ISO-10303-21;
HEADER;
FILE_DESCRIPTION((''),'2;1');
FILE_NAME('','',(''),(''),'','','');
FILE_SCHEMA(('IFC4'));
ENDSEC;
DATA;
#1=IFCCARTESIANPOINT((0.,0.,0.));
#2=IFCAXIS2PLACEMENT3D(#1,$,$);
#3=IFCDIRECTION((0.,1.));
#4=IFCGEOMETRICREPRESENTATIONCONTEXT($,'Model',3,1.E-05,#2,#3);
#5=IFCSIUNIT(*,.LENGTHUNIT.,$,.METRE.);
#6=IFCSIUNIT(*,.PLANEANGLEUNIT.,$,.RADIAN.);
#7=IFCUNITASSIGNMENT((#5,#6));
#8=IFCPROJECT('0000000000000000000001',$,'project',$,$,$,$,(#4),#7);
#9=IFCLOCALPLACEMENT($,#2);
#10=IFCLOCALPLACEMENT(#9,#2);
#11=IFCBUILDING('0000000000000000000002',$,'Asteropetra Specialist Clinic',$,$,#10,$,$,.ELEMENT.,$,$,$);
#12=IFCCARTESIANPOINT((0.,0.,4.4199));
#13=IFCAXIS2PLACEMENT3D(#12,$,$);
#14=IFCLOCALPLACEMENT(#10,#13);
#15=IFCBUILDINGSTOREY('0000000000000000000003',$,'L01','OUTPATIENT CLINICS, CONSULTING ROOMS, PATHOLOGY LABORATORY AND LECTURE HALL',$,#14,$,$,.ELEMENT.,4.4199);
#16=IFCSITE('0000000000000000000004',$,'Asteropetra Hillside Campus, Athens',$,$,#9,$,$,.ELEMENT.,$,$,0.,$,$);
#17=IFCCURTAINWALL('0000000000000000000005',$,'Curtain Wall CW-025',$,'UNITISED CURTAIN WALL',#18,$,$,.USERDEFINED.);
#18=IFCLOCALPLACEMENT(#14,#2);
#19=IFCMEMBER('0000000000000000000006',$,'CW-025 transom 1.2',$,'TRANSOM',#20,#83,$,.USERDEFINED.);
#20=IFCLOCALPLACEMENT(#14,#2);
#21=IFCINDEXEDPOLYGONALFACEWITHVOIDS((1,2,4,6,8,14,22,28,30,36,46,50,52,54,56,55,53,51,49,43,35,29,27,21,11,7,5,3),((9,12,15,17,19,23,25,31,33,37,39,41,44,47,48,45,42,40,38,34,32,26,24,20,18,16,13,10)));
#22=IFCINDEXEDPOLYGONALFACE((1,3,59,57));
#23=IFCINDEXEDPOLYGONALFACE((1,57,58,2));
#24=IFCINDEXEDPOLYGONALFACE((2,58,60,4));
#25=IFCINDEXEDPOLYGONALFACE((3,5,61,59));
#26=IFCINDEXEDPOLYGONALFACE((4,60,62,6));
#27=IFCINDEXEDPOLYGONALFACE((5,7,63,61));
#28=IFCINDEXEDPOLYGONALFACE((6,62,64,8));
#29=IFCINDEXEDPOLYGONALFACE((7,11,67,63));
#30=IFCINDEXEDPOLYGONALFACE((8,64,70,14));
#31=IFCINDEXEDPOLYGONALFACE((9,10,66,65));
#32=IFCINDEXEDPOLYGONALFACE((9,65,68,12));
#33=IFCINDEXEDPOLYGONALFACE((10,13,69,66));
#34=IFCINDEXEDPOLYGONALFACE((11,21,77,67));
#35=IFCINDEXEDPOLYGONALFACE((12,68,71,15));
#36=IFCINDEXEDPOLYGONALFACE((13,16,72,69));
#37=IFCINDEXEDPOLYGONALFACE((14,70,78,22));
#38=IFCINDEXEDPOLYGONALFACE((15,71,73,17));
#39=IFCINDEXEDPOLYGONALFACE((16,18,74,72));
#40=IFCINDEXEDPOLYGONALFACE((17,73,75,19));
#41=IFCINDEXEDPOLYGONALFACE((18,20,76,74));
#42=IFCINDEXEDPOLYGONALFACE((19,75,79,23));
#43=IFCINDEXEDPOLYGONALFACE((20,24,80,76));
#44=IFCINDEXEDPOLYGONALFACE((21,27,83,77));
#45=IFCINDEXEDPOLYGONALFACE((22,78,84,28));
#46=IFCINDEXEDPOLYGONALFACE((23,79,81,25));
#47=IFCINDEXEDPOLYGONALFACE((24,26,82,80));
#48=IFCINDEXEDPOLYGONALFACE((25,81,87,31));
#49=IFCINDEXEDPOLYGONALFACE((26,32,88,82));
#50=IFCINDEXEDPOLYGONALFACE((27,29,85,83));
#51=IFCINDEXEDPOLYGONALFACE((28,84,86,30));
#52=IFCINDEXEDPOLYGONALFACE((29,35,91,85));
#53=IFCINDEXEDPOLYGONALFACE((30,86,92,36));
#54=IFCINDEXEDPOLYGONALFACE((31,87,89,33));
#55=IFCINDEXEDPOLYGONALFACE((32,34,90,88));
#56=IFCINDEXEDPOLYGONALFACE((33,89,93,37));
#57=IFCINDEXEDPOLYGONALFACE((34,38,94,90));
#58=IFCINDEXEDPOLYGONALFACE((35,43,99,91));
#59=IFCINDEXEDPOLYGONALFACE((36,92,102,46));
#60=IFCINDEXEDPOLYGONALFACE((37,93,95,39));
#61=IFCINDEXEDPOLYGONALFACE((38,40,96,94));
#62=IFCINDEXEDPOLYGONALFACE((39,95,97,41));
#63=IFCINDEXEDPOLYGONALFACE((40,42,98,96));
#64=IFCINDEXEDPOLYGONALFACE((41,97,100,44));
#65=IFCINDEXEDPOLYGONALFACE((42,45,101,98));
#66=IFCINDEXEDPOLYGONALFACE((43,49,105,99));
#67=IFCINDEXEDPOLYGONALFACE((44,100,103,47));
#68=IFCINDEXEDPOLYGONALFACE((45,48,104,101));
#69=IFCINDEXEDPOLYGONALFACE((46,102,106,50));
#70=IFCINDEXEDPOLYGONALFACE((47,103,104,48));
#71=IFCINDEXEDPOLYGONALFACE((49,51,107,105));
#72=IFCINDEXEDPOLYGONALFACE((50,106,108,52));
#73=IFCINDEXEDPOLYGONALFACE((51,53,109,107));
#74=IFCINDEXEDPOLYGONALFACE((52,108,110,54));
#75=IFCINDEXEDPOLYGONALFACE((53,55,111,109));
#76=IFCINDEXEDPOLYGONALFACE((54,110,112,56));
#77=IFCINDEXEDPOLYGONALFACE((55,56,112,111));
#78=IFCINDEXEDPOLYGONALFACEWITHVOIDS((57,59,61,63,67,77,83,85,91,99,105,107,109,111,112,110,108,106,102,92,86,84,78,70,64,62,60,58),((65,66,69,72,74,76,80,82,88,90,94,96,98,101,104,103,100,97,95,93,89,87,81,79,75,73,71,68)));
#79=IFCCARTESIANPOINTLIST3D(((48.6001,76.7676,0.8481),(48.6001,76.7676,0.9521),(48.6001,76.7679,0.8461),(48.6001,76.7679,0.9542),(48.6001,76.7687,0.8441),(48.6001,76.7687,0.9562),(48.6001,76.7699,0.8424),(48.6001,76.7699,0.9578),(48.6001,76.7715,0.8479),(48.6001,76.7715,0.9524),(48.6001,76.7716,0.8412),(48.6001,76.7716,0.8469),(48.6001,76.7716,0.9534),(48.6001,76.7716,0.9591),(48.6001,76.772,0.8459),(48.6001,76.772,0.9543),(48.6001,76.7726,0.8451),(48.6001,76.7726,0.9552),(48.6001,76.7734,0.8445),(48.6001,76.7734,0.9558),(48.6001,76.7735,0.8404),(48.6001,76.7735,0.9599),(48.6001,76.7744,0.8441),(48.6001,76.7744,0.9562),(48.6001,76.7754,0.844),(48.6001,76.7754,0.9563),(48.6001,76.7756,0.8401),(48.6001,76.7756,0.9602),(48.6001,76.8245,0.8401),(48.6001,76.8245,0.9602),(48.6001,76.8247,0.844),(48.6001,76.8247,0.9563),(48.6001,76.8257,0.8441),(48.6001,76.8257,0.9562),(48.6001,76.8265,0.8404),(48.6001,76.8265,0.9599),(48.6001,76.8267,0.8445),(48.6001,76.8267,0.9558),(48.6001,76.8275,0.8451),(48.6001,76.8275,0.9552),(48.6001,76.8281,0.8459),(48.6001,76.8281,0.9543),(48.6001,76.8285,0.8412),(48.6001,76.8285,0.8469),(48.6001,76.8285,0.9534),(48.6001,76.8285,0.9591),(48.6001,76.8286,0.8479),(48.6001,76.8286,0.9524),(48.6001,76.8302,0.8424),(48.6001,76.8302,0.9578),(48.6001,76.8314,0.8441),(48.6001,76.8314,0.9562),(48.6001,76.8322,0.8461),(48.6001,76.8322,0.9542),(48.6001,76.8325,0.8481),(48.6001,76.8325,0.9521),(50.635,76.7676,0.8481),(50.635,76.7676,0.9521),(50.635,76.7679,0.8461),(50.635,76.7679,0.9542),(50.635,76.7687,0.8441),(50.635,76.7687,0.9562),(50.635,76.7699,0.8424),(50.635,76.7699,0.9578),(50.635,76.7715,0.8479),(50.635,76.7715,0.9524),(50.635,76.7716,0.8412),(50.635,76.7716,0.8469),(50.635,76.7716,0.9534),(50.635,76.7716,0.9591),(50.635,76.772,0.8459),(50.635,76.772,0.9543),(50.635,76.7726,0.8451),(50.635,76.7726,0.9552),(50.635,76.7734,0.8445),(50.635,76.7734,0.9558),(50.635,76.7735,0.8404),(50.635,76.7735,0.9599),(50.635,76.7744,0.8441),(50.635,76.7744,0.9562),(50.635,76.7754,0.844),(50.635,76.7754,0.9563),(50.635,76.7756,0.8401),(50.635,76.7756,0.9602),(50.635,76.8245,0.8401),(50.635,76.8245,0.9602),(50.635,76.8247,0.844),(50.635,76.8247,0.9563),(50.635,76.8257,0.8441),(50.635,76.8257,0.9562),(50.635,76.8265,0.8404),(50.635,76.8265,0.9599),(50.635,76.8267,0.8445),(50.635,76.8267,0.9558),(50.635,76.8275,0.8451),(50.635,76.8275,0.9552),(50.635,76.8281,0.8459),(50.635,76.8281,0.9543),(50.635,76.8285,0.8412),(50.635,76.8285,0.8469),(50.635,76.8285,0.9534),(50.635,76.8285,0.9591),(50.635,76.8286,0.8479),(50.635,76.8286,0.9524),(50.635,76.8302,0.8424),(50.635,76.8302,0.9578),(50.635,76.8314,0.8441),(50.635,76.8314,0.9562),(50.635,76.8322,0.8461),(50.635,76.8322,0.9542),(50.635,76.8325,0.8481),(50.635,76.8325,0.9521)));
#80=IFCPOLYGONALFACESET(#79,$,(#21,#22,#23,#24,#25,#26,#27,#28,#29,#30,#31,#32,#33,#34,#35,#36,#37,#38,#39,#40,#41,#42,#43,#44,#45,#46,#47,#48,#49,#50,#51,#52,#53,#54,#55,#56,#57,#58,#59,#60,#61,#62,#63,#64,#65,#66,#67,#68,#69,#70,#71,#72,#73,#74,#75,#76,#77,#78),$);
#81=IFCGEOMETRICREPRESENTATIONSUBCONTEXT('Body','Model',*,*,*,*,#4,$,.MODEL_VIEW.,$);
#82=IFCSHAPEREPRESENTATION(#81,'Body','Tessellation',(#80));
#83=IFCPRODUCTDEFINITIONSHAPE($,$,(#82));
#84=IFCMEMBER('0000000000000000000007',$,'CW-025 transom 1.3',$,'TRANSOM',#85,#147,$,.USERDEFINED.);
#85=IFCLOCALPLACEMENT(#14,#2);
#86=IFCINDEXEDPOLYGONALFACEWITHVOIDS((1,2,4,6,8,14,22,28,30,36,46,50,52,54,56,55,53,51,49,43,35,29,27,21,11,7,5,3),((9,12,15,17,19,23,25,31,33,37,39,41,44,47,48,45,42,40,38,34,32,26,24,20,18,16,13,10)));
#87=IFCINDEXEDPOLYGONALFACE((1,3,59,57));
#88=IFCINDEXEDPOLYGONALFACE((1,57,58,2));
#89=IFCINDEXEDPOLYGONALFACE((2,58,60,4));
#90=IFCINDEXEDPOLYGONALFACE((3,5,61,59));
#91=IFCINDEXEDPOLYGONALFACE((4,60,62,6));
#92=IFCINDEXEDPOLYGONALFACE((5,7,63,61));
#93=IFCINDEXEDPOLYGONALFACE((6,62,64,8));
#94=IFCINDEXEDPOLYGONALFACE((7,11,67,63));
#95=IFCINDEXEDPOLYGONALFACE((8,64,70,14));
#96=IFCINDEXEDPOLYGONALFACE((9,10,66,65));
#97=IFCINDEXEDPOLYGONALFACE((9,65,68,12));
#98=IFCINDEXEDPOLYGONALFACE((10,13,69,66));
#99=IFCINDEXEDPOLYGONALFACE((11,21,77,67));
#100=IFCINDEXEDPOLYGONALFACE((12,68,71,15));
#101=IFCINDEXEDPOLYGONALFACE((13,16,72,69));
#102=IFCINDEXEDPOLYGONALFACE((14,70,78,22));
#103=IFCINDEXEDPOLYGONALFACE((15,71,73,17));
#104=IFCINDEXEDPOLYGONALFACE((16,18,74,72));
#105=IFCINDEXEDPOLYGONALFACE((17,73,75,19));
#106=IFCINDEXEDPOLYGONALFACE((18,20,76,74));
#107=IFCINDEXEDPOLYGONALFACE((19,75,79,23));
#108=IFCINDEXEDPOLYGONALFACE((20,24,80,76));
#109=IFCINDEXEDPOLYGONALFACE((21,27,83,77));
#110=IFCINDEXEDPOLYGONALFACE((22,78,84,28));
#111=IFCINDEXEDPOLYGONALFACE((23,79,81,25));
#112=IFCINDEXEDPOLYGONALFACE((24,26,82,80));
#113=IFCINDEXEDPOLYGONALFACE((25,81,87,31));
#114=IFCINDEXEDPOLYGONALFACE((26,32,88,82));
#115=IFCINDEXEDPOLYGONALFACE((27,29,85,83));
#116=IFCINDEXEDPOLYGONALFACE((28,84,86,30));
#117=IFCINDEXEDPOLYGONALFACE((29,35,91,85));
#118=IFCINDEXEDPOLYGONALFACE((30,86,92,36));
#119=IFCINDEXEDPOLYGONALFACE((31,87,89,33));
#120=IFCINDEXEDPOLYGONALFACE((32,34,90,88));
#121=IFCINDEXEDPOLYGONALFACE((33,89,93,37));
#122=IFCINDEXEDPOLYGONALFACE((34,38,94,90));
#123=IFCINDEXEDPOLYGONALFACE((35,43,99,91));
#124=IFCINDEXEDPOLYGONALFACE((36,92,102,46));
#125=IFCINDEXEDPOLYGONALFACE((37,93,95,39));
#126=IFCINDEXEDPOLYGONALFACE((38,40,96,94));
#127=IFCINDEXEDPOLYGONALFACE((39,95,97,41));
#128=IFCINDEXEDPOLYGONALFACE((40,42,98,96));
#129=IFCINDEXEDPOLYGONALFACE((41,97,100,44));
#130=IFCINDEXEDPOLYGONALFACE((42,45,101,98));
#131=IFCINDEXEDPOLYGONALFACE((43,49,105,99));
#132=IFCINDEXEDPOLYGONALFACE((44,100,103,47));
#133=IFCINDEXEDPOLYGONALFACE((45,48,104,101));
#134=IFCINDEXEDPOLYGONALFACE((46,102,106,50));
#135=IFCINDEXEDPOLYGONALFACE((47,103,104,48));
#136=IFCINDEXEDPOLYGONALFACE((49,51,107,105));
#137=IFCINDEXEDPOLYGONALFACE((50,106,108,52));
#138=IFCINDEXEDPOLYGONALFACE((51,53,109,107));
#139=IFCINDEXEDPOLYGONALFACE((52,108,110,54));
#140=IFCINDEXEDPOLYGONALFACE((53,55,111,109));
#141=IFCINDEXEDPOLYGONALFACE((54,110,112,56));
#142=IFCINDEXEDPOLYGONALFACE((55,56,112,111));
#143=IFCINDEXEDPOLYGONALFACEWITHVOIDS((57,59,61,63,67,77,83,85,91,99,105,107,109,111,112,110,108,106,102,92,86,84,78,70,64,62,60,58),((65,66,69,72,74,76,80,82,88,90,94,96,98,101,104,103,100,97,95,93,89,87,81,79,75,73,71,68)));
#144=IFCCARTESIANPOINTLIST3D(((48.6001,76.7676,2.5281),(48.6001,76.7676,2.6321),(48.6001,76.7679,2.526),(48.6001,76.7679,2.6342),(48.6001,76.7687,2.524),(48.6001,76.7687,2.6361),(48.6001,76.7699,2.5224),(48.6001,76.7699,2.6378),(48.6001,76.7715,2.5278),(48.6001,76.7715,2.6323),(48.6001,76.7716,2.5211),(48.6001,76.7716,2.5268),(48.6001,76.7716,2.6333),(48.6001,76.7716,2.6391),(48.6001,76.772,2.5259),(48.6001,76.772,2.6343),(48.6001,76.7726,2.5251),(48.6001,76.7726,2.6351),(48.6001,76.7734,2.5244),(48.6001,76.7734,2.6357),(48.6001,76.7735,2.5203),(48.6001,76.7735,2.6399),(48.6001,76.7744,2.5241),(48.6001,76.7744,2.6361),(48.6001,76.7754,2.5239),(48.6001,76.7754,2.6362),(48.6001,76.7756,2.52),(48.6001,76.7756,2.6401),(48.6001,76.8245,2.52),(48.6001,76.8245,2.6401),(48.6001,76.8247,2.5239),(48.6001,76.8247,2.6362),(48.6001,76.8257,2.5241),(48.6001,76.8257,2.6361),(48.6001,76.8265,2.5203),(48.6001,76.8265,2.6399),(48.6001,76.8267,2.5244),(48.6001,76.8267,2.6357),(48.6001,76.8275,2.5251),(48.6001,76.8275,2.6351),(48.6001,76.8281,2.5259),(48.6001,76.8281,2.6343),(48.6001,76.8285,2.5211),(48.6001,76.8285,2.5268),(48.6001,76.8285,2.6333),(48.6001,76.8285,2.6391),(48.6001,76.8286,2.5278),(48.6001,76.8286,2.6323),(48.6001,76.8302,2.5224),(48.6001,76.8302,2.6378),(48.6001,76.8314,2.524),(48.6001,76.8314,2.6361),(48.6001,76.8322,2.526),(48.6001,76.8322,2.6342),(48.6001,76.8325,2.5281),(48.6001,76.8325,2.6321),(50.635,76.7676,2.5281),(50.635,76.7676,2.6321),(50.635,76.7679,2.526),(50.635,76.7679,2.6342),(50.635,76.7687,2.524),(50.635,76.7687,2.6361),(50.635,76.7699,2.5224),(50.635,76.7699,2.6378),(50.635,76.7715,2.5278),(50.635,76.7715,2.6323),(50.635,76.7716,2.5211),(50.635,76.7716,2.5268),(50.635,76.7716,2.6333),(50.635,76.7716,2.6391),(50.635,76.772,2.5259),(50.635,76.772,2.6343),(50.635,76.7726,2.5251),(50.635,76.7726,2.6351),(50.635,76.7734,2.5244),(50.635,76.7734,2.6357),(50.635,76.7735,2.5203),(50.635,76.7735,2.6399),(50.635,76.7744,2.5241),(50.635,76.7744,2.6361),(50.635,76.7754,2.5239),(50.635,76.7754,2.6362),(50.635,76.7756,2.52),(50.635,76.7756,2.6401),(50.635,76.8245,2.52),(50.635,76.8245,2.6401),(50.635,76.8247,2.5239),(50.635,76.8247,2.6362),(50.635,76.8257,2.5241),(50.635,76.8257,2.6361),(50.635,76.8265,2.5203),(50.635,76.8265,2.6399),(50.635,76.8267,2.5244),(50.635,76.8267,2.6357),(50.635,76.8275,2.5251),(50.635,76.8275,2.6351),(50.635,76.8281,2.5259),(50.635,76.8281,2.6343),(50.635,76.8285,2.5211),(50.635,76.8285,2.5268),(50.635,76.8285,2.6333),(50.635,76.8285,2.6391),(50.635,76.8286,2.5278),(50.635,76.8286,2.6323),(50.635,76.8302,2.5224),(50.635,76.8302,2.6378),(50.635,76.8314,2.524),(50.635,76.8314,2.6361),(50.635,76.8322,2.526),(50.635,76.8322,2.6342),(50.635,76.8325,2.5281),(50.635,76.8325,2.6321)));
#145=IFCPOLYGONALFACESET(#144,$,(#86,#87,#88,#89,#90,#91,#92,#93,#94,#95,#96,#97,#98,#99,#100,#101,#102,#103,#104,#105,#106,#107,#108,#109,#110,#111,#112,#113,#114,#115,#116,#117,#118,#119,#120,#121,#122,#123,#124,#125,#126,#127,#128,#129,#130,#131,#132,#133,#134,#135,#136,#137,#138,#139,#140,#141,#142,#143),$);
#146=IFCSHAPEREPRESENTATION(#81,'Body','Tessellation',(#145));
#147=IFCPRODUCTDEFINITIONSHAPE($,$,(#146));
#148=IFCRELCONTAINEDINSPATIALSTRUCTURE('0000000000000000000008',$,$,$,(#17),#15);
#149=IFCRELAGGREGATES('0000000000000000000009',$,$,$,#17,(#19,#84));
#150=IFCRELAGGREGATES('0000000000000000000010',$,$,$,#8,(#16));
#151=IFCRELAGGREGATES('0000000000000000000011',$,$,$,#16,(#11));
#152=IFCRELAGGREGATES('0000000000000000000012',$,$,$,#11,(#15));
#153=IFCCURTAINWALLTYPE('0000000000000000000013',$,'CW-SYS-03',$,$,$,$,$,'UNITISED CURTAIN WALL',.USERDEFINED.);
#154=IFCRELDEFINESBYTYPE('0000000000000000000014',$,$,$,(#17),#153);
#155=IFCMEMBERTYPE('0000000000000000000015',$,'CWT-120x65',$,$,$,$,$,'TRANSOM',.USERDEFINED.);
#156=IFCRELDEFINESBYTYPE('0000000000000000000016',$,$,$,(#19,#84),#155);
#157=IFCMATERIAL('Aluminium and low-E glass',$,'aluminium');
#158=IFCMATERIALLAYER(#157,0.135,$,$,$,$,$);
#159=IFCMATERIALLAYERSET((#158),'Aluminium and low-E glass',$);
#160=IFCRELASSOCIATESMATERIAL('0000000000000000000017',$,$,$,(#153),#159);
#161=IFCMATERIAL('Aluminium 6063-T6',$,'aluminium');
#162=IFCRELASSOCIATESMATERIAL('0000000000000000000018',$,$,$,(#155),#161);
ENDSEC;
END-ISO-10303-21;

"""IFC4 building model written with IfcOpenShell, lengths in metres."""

from ifc_helpers import new_model, si_unit, direction, frame, origin, origin_2d, place, context, subcontext, project, spatial, hollow_rectangle, extrude, material, layer, layer_set, material_profile, profile_set, type_object, element, aggregate, save


model = new_model("IFC4")

# Units and contexts
model_context = context("Model", 3, precision=1e-05, world=origin(), true_north=direction((0.0, 1.0)))
body_context = subcontext(model_context, "Body", "Model", "MODEL_VIEW")
ifc_project = project(units=[si_unit("LENGTHUNIT", "METRE"), si_unit("PLANEANGLEUNIT", "RADIAN")], contexts=[model_context])

# Site, building, storey
site_placement = place(None, origin())
site = spatial("IfcSite", under=ifc_project, at=site_placement, Name="Asteropetra Hillside Campus, Athens", CompositionType="ELEMENT", RefElevation=0.0)
building_placement = place(site_placement, origin())
building = spatial("IfcBuilding", under=site, at=building_placement, Name="Asteropetra Specialist Clinic", CompositionType="ELEMENT")
storey_placement = place(building_placement, frame((0.0, 0.0, 4.4199)))
storey = spatial("IfcBuildingStorey", under=building, at=storey_placement, Name="L01", Description="OUTPATIENT CLINICS, CONSULTING ROOMS, PATHOLOGY LABORATORY AND LECTURE HALL", CompositionType="ELEMENT", Elevation=4.4199)

# Curtain wall, members
ifc_material_1 = material(Name="Aluminium and low-E glass", Category="aluminium")
ifc_layer_1 = layer(ifc_material_1, 0.135)
ifc_layer_set_1 = layer_set([ifc_layer_1], Name="Aluminium and low-E glass")
curtain_wall_type = type_object("IfcCurtainWallType", Name="CW-SYS-03", ElementType="UNITISED CURTAIN WALL", PredefinedType="USERDEFINED", material=ifc_layer_set_1)
curtain_wall_placement = place(storey_placement, origin())
curtain_wall = element("IfcCurtainWall", 1, at=curtain_wall_placement, inside=storey, type_object=curtain_wall_type, Name="Curtain Wall CW-025", ObjectType="UNITISED CURTAIN WALL", PredefinedType="USERDEFINED")
ifc_material_2 = material(Name="Aluminium 6063-T6", Category="aluminium")
ifc_material_profile_1 = material_profile(ifc_material_2, hollow_rectangle(XDim=0.0649, YDim=0.1201, WallThickness=0.0039, InnerFilletRadius=0.0039, OuterFilletRadius=0.0081, at=origin_2d()), Name="TRN 120x65x4.0")
ifc_profile_set_1 = profile_set([ifc_material_profile_1], Name="Aluminium 6063-T6")
member_type_1 = type_object("IfcMemberType", Name="CWT-120x65", ElementType="TRANSOM", PredefinedType="USERDEFINED", material=ifc_profile_set_1)
member_1_placement = place(storey_placement, frame((48.6001, 76.8, 0.9001), z_axis=(1.0, 0.0, 0.0), x_axis=(0.0, 1.0, 0.0)))
member_1 = element("IfcMember", 2, at=member_1_placement, type_object=member_type_1, Name="CW-025 transom 1.2", ObjectType="TRANSOM", PredefinedType="USERDEFINED", context=body_context, shape_type="SweptSolid", body=[
    extrude(hollow_rectangle(XDim=0.0649, YDim=0.1201, WallThickness=0.0039, InnerFilletRadius=0.0039, OuterFilletRadius=0.0081, at=origin_2d()), origin(), (0.0, 0.0, 1.0), 2.0349),
])
member_2_placement = place(storey_placement, frame((48.6001, 76.8, 2.5801), z_axis=(1.0, 0.0, 0.0), x_axis=(0.0, 1.0, 0.0)))
member_2 = element("IfcMember", 3, at=member_2_placement, type_object=member_type_1, Name="CW-025 transom 1.3", ObjectType="TRANSOM", PredefinedType="USERDEFINED", context=body_context, shape_type="SweptSolid", body=[
    extrude(hollow_rectangle(XDim=0.0649, YDim=0.1201, WallThickness=0.0039, InnerFilletRadius=0.0039, OuterFilletRadius=0.0081, at=origin_2d()), origin(), (0.0, 0.0, 1.0), 2.0349),
])

aggregate(curtain_wall, [member_1, member_2])

save(model, "model.ifc")
